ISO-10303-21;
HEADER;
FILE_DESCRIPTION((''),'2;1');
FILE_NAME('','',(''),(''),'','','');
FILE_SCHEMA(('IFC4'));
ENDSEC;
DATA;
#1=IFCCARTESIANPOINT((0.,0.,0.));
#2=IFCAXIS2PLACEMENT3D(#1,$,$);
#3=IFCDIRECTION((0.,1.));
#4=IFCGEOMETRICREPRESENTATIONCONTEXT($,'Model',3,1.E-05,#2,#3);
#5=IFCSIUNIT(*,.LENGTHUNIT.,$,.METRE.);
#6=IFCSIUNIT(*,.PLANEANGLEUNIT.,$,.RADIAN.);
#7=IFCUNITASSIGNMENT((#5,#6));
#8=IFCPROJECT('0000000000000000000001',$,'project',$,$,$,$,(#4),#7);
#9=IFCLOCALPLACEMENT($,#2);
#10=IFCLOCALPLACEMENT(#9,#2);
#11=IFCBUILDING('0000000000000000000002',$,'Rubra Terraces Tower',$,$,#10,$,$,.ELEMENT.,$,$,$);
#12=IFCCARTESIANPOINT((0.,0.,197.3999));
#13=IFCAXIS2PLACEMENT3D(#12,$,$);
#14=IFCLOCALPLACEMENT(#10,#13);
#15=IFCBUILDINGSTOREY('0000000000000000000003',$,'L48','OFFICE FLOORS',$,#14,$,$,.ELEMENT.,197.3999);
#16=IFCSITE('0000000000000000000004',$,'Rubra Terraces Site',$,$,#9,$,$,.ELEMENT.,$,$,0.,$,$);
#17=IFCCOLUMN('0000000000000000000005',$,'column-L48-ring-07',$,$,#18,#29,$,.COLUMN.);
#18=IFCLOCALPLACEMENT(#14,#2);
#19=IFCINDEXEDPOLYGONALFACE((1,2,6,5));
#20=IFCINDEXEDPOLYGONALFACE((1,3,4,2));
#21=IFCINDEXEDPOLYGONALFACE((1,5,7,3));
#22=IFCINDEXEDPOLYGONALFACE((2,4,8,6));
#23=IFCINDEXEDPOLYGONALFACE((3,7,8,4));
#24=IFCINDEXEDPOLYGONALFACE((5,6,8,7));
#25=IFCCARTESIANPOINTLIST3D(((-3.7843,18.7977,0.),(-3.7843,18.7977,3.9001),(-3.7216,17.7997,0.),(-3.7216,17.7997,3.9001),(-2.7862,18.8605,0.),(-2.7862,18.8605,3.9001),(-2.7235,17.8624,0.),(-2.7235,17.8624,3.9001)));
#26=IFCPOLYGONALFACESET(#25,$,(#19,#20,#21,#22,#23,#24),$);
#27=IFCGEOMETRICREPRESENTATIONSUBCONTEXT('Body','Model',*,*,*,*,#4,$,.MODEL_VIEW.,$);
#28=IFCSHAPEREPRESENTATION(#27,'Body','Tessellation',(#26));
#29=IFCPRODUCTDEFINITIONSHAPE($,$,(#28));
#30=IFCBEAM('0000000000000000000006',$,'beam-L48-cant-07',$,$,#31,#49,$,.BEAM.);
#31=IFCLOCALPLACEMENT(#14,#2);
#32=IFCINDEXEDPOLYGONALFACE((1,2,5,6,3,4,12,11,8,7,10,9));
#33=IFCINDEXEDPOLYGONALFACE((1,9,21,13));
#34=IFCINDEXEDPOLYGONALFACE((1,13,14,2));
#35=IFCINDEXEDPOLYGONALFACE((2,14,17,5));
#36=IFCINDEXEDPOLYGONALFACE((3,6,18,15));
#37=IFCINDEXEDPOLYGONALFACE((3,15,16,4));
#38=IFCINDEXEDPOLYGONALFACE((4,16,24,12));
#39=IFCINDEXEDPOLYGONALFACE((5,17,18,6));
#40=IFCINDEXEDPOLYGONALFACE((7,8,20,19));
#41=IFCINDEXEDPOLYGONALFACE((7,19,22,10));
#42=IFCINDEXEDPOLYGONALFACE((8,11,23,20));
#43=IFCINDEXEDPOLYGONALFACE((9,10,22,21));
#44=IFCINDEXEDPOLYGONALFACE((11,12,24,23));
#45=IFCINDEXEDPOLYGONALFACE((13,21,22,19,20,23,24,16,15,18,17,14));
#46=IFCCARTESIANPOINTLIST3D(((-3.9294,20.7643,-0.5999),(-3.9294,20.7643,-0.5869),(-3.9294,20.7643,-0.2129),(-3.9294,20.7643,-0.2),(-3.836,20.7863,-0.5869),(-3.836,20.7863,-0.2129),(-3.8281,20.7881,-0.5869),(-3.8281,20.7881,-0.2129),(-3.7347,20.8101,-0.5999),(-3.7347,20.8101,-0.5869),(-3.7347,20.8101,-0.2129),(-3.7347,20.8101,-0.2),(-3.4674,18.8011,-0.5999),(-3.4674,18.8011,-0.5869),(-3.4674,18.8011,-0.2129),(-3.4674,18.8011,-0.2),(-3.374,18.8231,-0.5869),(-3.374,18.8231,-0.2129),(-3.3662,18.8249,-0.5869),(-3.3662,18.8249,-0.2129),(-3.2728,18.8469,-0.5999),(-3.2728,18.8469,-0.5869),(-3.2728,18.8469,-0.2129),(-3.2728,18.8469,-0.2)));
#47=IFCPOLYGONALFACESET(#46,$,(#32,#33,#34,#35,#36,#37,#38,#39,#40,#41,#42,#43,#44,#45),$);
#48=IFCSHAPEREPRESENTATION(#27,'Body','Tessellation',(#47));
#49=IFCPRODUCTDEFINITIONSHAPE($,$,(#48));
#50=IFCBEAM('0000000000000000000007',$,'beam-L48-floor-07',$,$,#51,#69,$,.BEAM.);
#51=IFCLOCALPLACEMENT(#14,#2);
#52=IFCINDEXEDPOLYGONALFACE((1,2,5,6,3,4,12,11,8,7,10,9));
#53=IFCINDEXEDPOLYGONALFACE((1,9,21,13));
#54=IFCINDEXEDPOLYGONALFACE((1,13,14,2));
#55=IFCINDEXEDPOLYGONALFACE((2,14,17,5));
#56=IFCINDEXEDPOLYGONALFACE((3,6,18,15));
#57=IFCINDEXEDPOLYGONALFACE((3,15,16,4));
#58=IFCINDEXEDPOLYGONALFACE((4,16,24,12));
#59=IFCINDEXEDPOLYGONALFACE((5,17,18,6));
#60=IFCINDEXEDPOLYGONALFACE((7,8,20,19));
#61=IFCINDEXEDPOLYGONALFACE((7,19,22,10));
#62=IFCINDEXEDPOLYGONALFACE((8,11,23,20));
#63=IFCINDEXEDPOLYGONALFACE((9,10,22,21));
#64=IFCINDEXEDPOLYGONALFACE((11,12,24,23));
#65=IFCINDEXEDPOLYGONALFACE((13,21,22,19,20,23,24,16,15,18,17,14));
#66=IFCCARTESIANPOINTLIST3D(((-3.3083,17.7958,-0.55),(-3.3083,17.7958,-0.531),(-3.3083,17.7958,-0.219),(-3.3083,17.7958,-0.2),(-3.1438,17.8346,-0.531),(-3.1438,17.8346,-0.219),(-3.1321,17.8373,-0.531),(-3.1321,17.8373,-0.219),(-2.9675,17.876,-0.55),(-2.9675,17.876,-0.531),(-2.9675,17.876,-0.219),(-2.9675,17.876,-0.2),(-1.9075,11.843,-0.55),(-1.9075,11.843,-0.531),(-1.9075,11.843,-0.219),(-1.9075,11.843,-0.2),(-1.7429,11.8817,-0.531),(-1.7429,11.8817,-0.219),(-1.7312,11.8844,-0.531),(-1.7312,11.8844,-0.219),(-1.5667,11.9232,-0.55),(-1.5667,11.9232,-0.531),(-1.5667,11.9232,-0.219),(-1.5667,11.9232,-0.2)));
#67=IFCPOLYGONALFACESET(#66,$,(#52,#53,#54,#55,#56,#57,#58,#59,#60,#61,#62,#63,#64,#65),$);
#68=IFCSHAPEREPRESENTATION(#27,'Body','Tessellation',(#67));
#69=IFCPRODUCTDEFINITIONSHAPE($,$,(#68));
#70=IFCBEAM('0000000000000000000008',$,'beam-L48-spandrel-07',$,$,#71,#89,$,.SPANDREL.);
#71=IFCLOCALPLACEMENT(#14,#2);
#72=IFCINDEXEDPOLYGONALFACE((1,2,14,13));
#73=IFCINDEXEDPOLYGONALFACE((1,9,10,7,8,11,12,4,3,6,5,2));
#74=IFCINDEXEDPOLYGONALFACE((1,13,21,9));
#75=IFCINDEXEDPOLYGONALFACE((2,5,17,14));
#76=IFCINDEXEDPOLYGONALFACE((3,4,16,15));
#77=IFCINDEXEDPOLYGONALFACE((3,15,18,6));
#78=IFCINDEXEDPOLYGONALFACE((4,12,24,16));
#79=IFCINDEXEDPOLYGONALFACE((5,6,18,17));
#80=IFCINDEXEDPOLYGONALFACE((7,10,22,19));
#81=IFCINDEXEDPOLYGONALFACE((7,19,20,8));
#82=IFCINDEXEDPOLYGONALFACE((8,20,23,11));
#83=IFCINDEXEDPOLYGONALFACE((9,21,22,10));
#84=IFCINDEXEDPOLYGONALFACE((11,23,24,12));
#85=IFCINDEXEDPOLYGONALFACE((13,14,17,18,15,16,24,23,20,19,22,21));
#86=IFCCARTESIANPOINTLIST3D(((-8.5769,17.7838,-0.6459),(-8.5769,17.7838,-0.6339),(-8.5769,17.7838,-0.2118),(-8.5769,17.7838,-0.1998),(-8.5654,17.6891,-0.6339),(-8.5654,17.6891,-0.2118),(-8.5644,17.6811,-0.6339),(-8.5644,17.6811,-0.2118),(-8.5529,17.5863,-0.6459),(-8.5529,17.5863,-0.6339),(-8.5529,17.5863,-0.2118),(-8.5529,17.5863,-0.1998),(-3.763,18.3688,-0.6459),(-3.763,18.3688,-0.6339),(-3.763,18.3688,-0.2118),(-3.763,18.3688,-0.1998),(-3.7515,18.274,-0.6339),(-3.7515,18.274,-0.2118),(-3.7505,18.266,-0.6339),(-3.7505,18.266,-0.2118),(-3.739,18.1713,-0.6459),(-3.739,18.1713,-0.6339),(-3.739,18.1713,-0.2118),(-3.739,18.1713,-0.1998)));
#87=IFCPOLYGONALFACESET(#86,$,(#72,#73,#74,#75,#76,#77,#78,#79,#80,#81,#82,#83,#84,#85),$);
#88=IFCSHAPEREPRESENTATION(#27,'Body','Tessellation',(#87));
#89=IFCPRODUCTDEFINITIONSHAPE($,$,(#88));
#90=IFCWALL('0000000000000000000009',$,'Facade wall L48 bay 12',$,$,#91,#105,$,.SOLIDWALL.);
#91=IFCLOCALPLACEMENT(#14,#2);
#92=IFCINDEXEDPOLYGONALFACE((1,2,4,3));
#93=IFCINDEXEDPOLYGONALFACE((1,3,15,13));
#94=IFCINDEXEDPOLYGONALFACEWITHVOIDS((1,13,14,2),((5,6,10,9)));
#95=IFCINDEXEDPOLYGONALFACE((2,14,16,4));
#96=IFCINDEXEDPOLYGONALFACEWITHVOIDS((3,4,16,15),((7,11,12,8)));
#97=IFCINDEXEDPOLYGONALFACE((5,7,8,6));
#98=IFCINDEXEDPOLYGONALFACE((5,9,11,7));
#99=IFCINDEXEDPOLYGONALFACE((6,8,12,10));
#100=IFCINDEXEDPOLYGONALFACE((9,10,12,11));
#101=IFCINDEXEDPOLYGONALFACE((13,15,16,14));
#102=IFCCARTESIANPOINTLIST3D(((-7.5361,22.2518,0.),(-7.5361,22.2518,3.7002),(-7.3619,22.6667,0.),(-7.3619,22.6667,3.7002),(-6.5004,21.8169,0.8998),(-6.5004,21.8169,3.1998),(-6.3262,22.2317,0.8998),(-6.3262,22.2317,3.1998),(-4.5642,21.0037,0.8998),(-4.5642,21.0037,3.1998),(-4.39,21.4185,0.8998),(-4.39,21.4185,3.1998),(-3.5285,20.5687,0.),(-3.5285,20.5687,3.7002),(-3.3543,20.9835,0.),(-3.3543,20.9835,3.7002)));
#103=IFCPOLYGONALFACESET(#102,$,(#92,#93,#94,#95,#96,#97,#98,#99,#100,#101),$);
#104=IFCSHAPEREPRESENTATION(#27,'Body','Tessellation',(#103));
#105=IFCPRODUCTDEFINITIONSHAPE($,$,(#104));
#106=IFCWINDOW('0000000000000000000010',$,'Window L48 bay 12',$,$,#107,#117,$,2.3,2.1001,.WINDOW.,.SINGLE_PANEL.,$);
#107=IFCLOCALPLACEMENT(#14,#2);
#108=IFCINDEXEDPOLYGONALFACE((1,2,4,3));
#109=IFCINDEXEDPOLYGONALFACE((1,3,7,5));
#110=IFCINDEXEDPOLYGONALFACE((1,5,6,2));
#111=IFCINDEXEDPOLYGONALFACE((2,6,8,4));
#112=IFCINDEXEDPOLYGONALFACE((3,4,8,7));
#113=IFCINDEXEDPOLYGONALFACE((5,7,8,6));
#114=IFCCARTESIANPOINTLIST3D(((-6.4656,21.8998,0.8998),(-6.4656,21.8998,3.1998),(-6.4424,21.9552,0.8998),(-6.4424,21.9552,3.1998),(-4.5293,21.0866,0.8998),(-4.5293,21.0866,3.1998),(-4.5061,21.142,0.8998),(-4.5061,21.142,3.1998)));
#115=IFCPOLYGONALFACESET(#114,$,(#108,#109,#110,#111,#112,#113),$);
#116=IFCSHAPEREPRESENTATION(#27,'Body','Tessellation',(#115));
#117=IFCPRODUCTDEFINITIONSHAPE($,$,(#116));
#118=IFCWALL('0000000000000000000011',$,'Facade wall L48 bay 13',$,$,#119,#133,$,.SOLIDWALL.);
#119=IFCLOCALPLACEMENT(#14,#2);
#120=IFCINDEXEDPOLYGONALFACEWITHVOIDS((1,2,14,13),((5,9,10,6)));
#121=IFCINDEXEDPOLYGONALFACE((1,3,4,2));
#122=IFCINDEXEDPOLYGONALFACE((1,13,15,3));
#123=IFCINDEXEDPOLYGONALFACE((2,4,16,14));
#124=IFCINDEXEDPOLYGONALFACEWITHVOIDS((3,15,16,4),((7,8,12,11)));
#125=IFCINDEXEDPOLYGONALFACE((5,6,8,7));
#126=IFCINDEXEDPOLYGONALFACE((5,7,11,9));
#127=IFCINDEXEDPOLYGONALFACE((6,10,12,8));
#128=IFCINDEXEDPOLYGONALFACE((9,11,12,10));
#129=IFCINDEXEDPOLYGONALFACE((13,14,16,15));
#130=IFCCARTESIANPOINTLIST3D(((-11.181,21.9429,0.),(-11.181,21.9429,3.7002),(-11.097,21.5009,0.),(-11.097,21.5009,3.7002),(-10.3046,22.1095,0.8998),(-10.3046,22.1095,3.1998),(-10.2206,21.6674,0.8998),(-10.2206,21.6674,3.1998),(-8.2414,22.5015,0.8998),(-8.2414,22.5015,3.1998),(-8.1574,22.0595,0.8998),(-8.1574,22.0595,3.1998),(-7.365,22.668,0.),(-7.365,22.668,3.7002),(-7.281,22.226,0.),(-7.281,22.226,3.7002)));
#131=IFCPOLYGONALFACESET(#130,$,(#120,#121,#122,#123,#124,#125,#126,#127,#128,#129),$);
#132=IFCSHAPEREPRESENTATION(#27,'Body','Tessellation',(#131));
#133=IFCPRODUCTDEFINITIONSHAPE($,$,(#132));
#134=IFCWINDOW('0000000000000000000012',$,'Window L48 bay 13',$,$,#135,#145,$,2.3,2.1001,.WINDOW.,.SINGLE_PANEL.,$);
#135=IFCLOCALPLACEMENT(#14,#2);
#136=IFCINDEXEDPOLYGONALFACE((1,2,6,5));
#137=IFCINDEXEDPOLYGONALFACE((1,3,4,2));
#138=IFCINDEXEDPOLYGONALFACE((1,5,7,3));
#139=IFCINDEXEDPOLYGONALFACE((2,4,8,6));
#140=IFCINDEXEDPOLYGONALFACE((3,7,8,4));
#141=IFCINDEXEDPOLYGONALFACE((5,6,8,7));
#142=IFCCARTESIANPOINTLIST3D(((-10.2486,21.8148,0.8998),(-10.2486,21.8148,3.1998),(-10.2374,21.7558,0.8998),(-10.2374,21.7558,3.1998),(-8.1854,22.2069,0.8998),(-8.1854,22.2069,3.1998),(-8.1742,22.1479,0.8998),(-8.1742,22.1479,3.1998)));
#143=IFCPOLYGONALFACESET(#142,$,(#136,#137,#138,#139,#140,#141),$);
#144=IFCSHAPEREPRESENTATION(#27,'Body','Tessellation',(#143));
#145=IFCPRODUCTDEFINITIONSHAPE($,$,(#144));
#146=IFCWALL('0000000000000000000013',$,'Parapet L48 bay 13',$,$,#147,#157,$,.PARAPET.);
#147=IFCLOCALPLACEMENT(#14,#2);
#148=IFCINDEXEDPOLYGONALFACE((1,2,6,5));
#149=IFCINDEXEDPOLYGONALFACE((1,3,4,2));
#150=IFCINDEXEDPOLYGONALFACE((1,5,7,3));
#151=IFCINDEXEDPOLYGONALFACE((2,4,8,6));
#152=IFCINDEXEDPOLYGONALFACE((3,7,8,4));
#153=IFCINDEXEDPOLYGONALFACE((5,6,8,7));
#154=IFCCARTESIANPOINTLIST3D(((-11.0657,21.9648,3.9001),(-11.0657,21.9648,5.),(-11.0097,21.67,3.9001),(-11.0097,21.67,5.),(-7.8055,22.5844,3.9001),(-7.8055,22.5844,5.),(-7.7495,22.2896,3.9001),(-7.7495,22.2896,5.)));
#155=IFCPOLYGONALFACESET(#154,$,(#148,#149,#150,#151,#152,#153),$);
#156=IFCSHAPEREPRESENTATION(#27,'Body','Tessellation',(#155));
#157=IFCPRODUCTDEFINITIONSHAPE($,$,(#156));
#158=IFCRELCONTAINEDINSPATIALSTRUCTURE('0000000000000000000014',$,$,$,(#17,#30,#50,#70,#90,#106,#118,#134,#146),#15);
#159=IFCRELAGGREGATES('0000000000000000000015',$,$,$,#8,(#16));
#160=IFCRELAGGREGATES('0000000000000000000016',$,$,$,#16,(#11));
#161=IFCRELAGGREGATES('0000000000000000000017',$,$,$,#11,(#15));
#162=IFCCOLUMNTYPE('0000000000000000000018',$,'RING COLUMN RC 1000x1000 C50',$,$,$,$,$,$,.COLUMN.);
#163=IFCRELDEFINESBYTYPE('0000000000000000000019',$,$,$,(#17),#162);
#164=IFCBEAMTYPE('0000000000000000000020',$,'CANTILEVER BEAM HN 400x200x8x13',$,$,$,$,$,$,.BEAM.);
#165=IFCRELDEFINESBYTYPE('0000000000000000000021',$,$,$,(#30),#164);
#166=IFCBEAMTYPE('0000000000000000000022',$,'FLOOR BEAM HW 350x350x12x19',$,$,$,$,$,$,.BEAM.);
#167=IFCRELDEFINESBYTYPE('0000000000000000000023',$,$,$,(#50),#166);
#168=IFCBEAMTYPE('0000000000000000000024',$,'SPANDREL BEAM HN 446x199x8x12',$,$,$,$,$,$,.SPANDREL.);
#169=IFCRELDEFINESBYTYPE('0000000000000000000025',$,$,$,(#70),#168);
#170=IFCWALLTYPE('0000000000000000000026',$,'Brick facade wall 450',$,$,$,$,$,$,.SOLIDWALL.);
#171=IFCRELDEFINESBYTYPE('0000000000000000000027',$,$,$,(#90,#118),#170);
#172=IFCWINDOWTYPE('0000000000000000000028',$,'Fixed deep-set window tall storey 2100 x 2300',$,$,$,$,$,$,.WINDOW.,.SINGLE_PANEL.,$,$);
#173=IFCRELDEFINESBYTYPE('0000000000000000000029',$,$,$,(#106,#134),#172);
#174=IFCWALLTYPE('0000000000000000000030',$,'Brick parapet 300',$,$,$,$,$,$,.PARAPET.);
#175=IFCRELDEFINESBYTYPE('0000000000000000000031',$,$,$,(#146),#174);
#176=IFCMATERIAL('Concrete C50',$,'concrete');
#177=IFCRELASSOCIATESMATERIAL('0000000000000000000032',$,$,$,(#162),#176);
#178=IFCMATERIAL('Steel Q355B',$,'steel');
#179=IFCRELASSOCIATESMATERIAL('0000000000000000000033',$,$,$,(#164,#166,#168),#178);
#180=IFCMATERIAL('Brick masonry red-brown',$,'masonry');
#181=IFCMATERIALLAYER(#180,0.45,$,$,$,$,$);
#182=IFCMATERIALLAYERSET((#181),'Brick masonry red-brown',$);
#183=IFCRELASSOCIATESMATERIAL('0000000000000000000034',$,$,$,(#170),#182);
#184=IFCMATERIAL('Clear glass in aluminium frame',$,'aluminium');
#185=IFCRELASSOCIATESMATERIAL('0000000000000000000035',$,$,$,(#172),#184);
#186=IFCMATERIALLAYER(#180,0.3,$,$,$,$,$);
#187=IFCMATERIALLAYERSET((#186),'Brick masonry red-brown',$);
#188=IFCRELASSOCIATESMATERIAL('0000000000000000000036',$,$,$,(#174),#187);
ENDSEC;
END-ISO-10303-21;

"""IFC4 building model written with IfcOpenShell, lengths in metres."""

from ifc_helpers import new_model, si_unit, direction, frame, frame_2d, origin, origin_2d, place, context, subcontext, project, spatial, rectangle, i_section, extrude, material, layer, layer_set, material_profile, profile_set, type_object, element, fill, save


model = new_model("IFC4")

# Units and contexts
model_context = context("Model", 3, precision=1e-05, world=origin(), true_north=direction((0.0, 1.0)))
body_context = subcontext(model_context, "Body", "Model", "MODEL_VIEW")
ifc_project = project(units=[si_unit("LENGTHUNIT", "METRE"), si_unit("PLANEANGLEUNIT", "RADIAN")], contexts=[model_context])

# Site, building, storey
site_placement = place(None, origin())
site = spatial("IfcSite", under=ifc_project, at=site_placement, Name="Rubra Terraces Site", CompositionType="ELEMENT", RefElevation=0.0)
building_placement = place(site_placement, origin())
building = spatial("IfcBuilding", under=site, at=building_placement, Name="Rubra Terraces Tower", CompositionType="ELEMENT")
storey_placement = place(building_placement, frame((0.0, 0.0, 197.3999)))
storey = spatial("IfcBuildingStorey", under=building, at=storey_placement, Name="L48", Description="OFFICE FLOORS", CompositionType="ELEMENT", Elevation=197.3999)

# Column
ifc_material_1 = material(Name="Concrete C50", Category="concrete")
ifc_material_profile_1 = material_profile(ifc_material_1, rectangle(XDim=1.0, YDim=1.0, at=origin_2d()), Name="RC 1000x1000")
ifc_profile_set_1 = profile_set([ifc_material_profile_1], Name="Concrete C50")
column_type = type_object("IfcColumnType", Name="RING COLUMN RC 1000x1000 C50", PredefinedType="COLUMN", material=ifc_profile_set_1)
column_placement = place(storey_placement, frame((-3.2539, 18.3301, 0.0), z_axis=(0.0, 0.0, 1.0), x_axis=(-0.998032, -0.062714, 0.0)))
element("IfcColumn", 1, at=column_placement, inside=storey, type_object=column_type, Name="column-L48-ring-07", PredefinedType="COLUMN", context=body_context, shape_type="SweptSolid", body=[
    extrude(rectangle(XDim=1.0, YDim=1.0, at=origin_2d()), origin(), (0.0, 0.0, 1.0), 3.9001),
])

# Beams
ifc_material_2 = material(Name="Steel Q355B", Category="steel")
ifc_material_profile_2 = material_profile(ifc_material_2, i_section(OverallWidth=0.2, OverallDepth=0.3999, WebThickness=0.0081, FlangeThickness=0.0129, at=origin_2d()), Name="HN 400x200x8x13")
ifc_profile_set_2 = profile_set([ifc_material_profile_2], Name="Steel Q355B")
beam_type_1 = type_object("IfcBeamType", Name="CANTILEVER BEAM HN 400x200x8x13", PredefinedType="BEAM", material=ifc_profile_set_2)
beam_1_placement = place(storey_placement, frame((-3.3701, 18.824, -0.3999), z_axis=(-0.229039, 0.973417, 0.0), x_axis=(-0.973417, -0.229039, 0.0)))
element("IfcBeam", 2, at=beam_1_placement, inside=storey, type_object=beam_type_1, Name="beam-L48-cant-07", PredefinedType="BEAM", context=body_context, shape_type="SweptSolid", body=[
    extrude(i_section(OverallWidth=0.2, OverallDepth=0.3999, WebThickness=0.0081, FlangeThickness=0.0129, at=origin_2d()), origin(), (0.0, 0.0, 1.0), 2.0168),
])
ifc_material_profile_3 = material_profile(ifc_material_2, i_section(OverallWidth=0.3501, OverallDepth=0.3501, WebThickness=0.012, FlangeThickness=0.019, at=origin_2d()), Name="HW 350x350x12x19")
ifc_profile_set_3 = profile_set([ifc_material_profile_3], Name="Steel Q355B")
beam_type_2 = type_object("IfcBeamType", Name="FLOOR BEAM HW 350x350x12x19", PredefinedType="BEAM", material=ifc_profile_set_3)
beam_2_placement = place(storey_placement, frame((-3.1379, 17.8359, -0.375), z_axis=(0.22907, -0.97341, 0.0), x_axis=(0.97341, 0.22907, 0.0)))
element("IfcBeam", 3, at=beam_2_placement, inside=storey, type_object=beam_type_2, Name="beam-L48-floor-07", PredefinedType="BEAM", context=body_context, shape_type="SweptSolid", body=[
    extrude(i_section(OverallWidth=0.3501, OverallDepth=0.3501, WebThickness=0.012, FlangeThickness=0.019, at=origin_2d()), origin(), (0.0, 0.0, 1.0), 6.1155),
])
ifc_material_profile_4 = material_profile(ifc_material_2, i_section(OverallWidth=0.199, OverallDepth=0.446, WebThickness=0.0081, FlangeThickness=0.012, at=origin_2d()), Name="HN 446x199x8x12")
ifc_profile_set_4 = profile_set([ifc_material_profile_4], Name="Steel Q355B")
beam_type_3 = type_object("IfcBeamType", Name="SPANDREL BEAM HN 446x199x8x12", PredefinedType="SPANDREL", material=ifc_profile_set_4)
beam_3_placement = place(storey_placement, frame((-3.751, 18.27, -0.4229), z_axis=(-0.992698, -0.120626, 0.0), x_axis=(0.120626, -0.992698, 0.0)))
element("IfcBeam", 4, at=beam_3_placement, inside=storey, type_object=beam_type_3, Name="beam-L48-spandrel-07", PredefinedType="SPANDREL", context=body_context, shape_type="SweptSolid", body=[
    extrude(i_section(OverallWidth=0.199, OverallDepth=0.446, WebThickness=0.0081, FlangeThickness=0.012, at=origin_2d()), origin(), (0.0, 0.0, 1.0), 4.8494),
])

# Walls, openings, windows
ifc_material_3 = material(Name="Brick masonry red-brown", Category="masonry")
ifc_layer_1 = layer(ifc_material_3, 0.45)
ifc_layer_set_1 = layer_set([ifc_layer_1], Name="Brick masonry red-brown")
wall_type_1 = type_object("IfcWallType", Name="Brick facade wall 450", PredefinedType="SOLIDWALL", material=ifc_layer_set_1)
wall_1_placement = place(storey_placement, frame((-3.4414, 20.7761, 0.0), z_axis=(0.0, 0.0, 1.0), x_axis=(-0.921988, 0.387218, 0.0)))
wall_1 = element("IfcWall", 5, at=wall_1_placement, inside=storey, type_object=wall_type_1, Name="Facade wall L48 bay 12", PredefinedType="SOLIDWALL", context=body_context, shape_type="SweptSolid", body=[
    extrude(rectangle(XDim=4.3467, YDim=0.45, at=frame_2d((2.1733, 0.0))), origin(), (0.0, 0.0, 1.0), 3.7002),
])
opening_1_placement = place(wall_1_placement, frame((1.1233, 0.0, 0.8999)))
opening_1 = element("IfcOpeningElement", 6, at=opening_1_placement, cuts=wall_1, PredefinedType="OPENING", context=body_context, shape_type="SweptSolid", body=[
    extrude(rectangle(XDim=2.1001, YDim=2.3, at=frame_2d((1.05, 1.1499))), frame((0.0, 0.2349, 0.0), z_axis=(0.0, -1.0, 0.0), x_axis=(1.0, 0.0, 0.0)), (0.0, 0.0, 1.0), 0.47),
])
ifc_material_4 = material(Name="Clear glass in aluminium frame", Category="aluminium")
window_type = type_object("IfcWindowType", Name="Fixed deep-set window tall storey 2100 x 2300", PartitioningType="SINGLE_PANEL", PredefinedType="WINDOW", material=ifc_material_4)
window_1_placement = place(opening_1_placement, origin())
window_1 = element("IfcWindow", 7, at=window_1_placement, inside=storey, type_object=window_type, Name="Window L48 bay 12", OverallHeight=2.3, OverallWidth=2.1001, PartitioningType="SINGLE_PANEL", PredefinedType="WINDOW", context=body_context, shape_type="SweptSolid", body=[
    extrude(rectangle(XDim=2.1001, YDim=2.3, at=frame_2d((1.05, 1.1499))), frame((0.0, 0.135, 0.0), z_axis=(0.0, -1.0, 0.0), x_axis=(1.0, 0.0, 0.0)), (0.0, 0.0, 1.0), 0.0601),
])
fill(opening_1, window_1)
wall_2_placement = place(storey_placement, frame((-7.323, 22.447, 0.0), z_axis=(0.0, 0.0, 1.0), x_axis=(-0.982421, -0.186679, 0.0)))
wall_2 = element("IfcWall", 8, at=wall_2_placement, inside=storey, type_object=wall_type_1, Name="Facade wall L48 bay 13", PredefinedType="SOLIDWALL", context=body_context, shape_type="SweptSolid", body=[
    extrude(rectangle(XDim=3.8843, YDim=0.45, at=frame_2d((1.9421, 0.0))), origin(), (0.0, 0.0, 1.0), 3.7002),
])
opening_2_placement = place(wall_2_placement, frame((0.8921, 0.0, 0.8999)))
opening_2 = element("IfcOpeningElement", 9, at=opening_2_placement, cuts=wall_2, PredefinedType="OPENING", context=body_context, shape_type="SweptSolid", body=[
    extrude(rectangle(XDim=2.1001, YDim=2.3, at=frame_2d((1.05, 1.1499))), frame((0.0, 0.2349, 0.0), z_axis=(0.0, -1.0, 0.0), x_axis=(1.0, 0.0, 0.0)), (0.0, 0.0, 1.0), 0.47),
])
window_2_placement = place(opening_2_placement, origin())
window_2 = element("IfcWindow", 10, at=window_2_placement, inside=storey, type_object=window_type, Name="Window L48 bay 13", OverallHeight=2.3, OverallWidth=2.1001, PartitioningType="SINGLE_PANEL", PredefinedType="WINDOW", context=body_context, shape_type="SweptSolid", body=[
    extrude(rectangle(XDim=2.1001, YDim=2.3, at=frame_2d((1.05, 1.1499))), frame((0.0, 0.135, 0.0), z_axis=(0.0, -1.0, 0.0), x_axis=(1.0, 0.0, 0.0)), (0.0, 0.0, 1.0), 0.0601),
])
fill(opening_2, window_2)

# Wall
ifc_layer_2 = layer(ifc_material_3, 0.3)
ifc_layer_set_2 = layer_set([ifc_layer_2], Name="Brick masonry red-brown")
wall_type_2 = type_object("IfcWallType", Name="Brick parapet 300", PredefinedType="PARAPET", material=ifc_layer_set_2)
wall_3_placement = place(storey_placement, frame((-7.7776, 22.437, 3.9001), z_axis=(0.0, 0.0, 1.0), x_axis=(-0.982414, -0.186713, 0.0)))
element("IfcWall", 11, at=wall_3_placement, inside=storey, type_object=wall_type_2, Name="Parapet L48 bay 13", PredefinedType="PARAPET", context=body_context, shape_type="SweptSolid", body=[
    extrude(rectangle(XDim=3.3186, YDim=0.3, at=frame_2d((1.6592, 0.0))), origin(), (0.0, 0.0, 1.0), 1.0999),
])

save(model, "model.ifc")
